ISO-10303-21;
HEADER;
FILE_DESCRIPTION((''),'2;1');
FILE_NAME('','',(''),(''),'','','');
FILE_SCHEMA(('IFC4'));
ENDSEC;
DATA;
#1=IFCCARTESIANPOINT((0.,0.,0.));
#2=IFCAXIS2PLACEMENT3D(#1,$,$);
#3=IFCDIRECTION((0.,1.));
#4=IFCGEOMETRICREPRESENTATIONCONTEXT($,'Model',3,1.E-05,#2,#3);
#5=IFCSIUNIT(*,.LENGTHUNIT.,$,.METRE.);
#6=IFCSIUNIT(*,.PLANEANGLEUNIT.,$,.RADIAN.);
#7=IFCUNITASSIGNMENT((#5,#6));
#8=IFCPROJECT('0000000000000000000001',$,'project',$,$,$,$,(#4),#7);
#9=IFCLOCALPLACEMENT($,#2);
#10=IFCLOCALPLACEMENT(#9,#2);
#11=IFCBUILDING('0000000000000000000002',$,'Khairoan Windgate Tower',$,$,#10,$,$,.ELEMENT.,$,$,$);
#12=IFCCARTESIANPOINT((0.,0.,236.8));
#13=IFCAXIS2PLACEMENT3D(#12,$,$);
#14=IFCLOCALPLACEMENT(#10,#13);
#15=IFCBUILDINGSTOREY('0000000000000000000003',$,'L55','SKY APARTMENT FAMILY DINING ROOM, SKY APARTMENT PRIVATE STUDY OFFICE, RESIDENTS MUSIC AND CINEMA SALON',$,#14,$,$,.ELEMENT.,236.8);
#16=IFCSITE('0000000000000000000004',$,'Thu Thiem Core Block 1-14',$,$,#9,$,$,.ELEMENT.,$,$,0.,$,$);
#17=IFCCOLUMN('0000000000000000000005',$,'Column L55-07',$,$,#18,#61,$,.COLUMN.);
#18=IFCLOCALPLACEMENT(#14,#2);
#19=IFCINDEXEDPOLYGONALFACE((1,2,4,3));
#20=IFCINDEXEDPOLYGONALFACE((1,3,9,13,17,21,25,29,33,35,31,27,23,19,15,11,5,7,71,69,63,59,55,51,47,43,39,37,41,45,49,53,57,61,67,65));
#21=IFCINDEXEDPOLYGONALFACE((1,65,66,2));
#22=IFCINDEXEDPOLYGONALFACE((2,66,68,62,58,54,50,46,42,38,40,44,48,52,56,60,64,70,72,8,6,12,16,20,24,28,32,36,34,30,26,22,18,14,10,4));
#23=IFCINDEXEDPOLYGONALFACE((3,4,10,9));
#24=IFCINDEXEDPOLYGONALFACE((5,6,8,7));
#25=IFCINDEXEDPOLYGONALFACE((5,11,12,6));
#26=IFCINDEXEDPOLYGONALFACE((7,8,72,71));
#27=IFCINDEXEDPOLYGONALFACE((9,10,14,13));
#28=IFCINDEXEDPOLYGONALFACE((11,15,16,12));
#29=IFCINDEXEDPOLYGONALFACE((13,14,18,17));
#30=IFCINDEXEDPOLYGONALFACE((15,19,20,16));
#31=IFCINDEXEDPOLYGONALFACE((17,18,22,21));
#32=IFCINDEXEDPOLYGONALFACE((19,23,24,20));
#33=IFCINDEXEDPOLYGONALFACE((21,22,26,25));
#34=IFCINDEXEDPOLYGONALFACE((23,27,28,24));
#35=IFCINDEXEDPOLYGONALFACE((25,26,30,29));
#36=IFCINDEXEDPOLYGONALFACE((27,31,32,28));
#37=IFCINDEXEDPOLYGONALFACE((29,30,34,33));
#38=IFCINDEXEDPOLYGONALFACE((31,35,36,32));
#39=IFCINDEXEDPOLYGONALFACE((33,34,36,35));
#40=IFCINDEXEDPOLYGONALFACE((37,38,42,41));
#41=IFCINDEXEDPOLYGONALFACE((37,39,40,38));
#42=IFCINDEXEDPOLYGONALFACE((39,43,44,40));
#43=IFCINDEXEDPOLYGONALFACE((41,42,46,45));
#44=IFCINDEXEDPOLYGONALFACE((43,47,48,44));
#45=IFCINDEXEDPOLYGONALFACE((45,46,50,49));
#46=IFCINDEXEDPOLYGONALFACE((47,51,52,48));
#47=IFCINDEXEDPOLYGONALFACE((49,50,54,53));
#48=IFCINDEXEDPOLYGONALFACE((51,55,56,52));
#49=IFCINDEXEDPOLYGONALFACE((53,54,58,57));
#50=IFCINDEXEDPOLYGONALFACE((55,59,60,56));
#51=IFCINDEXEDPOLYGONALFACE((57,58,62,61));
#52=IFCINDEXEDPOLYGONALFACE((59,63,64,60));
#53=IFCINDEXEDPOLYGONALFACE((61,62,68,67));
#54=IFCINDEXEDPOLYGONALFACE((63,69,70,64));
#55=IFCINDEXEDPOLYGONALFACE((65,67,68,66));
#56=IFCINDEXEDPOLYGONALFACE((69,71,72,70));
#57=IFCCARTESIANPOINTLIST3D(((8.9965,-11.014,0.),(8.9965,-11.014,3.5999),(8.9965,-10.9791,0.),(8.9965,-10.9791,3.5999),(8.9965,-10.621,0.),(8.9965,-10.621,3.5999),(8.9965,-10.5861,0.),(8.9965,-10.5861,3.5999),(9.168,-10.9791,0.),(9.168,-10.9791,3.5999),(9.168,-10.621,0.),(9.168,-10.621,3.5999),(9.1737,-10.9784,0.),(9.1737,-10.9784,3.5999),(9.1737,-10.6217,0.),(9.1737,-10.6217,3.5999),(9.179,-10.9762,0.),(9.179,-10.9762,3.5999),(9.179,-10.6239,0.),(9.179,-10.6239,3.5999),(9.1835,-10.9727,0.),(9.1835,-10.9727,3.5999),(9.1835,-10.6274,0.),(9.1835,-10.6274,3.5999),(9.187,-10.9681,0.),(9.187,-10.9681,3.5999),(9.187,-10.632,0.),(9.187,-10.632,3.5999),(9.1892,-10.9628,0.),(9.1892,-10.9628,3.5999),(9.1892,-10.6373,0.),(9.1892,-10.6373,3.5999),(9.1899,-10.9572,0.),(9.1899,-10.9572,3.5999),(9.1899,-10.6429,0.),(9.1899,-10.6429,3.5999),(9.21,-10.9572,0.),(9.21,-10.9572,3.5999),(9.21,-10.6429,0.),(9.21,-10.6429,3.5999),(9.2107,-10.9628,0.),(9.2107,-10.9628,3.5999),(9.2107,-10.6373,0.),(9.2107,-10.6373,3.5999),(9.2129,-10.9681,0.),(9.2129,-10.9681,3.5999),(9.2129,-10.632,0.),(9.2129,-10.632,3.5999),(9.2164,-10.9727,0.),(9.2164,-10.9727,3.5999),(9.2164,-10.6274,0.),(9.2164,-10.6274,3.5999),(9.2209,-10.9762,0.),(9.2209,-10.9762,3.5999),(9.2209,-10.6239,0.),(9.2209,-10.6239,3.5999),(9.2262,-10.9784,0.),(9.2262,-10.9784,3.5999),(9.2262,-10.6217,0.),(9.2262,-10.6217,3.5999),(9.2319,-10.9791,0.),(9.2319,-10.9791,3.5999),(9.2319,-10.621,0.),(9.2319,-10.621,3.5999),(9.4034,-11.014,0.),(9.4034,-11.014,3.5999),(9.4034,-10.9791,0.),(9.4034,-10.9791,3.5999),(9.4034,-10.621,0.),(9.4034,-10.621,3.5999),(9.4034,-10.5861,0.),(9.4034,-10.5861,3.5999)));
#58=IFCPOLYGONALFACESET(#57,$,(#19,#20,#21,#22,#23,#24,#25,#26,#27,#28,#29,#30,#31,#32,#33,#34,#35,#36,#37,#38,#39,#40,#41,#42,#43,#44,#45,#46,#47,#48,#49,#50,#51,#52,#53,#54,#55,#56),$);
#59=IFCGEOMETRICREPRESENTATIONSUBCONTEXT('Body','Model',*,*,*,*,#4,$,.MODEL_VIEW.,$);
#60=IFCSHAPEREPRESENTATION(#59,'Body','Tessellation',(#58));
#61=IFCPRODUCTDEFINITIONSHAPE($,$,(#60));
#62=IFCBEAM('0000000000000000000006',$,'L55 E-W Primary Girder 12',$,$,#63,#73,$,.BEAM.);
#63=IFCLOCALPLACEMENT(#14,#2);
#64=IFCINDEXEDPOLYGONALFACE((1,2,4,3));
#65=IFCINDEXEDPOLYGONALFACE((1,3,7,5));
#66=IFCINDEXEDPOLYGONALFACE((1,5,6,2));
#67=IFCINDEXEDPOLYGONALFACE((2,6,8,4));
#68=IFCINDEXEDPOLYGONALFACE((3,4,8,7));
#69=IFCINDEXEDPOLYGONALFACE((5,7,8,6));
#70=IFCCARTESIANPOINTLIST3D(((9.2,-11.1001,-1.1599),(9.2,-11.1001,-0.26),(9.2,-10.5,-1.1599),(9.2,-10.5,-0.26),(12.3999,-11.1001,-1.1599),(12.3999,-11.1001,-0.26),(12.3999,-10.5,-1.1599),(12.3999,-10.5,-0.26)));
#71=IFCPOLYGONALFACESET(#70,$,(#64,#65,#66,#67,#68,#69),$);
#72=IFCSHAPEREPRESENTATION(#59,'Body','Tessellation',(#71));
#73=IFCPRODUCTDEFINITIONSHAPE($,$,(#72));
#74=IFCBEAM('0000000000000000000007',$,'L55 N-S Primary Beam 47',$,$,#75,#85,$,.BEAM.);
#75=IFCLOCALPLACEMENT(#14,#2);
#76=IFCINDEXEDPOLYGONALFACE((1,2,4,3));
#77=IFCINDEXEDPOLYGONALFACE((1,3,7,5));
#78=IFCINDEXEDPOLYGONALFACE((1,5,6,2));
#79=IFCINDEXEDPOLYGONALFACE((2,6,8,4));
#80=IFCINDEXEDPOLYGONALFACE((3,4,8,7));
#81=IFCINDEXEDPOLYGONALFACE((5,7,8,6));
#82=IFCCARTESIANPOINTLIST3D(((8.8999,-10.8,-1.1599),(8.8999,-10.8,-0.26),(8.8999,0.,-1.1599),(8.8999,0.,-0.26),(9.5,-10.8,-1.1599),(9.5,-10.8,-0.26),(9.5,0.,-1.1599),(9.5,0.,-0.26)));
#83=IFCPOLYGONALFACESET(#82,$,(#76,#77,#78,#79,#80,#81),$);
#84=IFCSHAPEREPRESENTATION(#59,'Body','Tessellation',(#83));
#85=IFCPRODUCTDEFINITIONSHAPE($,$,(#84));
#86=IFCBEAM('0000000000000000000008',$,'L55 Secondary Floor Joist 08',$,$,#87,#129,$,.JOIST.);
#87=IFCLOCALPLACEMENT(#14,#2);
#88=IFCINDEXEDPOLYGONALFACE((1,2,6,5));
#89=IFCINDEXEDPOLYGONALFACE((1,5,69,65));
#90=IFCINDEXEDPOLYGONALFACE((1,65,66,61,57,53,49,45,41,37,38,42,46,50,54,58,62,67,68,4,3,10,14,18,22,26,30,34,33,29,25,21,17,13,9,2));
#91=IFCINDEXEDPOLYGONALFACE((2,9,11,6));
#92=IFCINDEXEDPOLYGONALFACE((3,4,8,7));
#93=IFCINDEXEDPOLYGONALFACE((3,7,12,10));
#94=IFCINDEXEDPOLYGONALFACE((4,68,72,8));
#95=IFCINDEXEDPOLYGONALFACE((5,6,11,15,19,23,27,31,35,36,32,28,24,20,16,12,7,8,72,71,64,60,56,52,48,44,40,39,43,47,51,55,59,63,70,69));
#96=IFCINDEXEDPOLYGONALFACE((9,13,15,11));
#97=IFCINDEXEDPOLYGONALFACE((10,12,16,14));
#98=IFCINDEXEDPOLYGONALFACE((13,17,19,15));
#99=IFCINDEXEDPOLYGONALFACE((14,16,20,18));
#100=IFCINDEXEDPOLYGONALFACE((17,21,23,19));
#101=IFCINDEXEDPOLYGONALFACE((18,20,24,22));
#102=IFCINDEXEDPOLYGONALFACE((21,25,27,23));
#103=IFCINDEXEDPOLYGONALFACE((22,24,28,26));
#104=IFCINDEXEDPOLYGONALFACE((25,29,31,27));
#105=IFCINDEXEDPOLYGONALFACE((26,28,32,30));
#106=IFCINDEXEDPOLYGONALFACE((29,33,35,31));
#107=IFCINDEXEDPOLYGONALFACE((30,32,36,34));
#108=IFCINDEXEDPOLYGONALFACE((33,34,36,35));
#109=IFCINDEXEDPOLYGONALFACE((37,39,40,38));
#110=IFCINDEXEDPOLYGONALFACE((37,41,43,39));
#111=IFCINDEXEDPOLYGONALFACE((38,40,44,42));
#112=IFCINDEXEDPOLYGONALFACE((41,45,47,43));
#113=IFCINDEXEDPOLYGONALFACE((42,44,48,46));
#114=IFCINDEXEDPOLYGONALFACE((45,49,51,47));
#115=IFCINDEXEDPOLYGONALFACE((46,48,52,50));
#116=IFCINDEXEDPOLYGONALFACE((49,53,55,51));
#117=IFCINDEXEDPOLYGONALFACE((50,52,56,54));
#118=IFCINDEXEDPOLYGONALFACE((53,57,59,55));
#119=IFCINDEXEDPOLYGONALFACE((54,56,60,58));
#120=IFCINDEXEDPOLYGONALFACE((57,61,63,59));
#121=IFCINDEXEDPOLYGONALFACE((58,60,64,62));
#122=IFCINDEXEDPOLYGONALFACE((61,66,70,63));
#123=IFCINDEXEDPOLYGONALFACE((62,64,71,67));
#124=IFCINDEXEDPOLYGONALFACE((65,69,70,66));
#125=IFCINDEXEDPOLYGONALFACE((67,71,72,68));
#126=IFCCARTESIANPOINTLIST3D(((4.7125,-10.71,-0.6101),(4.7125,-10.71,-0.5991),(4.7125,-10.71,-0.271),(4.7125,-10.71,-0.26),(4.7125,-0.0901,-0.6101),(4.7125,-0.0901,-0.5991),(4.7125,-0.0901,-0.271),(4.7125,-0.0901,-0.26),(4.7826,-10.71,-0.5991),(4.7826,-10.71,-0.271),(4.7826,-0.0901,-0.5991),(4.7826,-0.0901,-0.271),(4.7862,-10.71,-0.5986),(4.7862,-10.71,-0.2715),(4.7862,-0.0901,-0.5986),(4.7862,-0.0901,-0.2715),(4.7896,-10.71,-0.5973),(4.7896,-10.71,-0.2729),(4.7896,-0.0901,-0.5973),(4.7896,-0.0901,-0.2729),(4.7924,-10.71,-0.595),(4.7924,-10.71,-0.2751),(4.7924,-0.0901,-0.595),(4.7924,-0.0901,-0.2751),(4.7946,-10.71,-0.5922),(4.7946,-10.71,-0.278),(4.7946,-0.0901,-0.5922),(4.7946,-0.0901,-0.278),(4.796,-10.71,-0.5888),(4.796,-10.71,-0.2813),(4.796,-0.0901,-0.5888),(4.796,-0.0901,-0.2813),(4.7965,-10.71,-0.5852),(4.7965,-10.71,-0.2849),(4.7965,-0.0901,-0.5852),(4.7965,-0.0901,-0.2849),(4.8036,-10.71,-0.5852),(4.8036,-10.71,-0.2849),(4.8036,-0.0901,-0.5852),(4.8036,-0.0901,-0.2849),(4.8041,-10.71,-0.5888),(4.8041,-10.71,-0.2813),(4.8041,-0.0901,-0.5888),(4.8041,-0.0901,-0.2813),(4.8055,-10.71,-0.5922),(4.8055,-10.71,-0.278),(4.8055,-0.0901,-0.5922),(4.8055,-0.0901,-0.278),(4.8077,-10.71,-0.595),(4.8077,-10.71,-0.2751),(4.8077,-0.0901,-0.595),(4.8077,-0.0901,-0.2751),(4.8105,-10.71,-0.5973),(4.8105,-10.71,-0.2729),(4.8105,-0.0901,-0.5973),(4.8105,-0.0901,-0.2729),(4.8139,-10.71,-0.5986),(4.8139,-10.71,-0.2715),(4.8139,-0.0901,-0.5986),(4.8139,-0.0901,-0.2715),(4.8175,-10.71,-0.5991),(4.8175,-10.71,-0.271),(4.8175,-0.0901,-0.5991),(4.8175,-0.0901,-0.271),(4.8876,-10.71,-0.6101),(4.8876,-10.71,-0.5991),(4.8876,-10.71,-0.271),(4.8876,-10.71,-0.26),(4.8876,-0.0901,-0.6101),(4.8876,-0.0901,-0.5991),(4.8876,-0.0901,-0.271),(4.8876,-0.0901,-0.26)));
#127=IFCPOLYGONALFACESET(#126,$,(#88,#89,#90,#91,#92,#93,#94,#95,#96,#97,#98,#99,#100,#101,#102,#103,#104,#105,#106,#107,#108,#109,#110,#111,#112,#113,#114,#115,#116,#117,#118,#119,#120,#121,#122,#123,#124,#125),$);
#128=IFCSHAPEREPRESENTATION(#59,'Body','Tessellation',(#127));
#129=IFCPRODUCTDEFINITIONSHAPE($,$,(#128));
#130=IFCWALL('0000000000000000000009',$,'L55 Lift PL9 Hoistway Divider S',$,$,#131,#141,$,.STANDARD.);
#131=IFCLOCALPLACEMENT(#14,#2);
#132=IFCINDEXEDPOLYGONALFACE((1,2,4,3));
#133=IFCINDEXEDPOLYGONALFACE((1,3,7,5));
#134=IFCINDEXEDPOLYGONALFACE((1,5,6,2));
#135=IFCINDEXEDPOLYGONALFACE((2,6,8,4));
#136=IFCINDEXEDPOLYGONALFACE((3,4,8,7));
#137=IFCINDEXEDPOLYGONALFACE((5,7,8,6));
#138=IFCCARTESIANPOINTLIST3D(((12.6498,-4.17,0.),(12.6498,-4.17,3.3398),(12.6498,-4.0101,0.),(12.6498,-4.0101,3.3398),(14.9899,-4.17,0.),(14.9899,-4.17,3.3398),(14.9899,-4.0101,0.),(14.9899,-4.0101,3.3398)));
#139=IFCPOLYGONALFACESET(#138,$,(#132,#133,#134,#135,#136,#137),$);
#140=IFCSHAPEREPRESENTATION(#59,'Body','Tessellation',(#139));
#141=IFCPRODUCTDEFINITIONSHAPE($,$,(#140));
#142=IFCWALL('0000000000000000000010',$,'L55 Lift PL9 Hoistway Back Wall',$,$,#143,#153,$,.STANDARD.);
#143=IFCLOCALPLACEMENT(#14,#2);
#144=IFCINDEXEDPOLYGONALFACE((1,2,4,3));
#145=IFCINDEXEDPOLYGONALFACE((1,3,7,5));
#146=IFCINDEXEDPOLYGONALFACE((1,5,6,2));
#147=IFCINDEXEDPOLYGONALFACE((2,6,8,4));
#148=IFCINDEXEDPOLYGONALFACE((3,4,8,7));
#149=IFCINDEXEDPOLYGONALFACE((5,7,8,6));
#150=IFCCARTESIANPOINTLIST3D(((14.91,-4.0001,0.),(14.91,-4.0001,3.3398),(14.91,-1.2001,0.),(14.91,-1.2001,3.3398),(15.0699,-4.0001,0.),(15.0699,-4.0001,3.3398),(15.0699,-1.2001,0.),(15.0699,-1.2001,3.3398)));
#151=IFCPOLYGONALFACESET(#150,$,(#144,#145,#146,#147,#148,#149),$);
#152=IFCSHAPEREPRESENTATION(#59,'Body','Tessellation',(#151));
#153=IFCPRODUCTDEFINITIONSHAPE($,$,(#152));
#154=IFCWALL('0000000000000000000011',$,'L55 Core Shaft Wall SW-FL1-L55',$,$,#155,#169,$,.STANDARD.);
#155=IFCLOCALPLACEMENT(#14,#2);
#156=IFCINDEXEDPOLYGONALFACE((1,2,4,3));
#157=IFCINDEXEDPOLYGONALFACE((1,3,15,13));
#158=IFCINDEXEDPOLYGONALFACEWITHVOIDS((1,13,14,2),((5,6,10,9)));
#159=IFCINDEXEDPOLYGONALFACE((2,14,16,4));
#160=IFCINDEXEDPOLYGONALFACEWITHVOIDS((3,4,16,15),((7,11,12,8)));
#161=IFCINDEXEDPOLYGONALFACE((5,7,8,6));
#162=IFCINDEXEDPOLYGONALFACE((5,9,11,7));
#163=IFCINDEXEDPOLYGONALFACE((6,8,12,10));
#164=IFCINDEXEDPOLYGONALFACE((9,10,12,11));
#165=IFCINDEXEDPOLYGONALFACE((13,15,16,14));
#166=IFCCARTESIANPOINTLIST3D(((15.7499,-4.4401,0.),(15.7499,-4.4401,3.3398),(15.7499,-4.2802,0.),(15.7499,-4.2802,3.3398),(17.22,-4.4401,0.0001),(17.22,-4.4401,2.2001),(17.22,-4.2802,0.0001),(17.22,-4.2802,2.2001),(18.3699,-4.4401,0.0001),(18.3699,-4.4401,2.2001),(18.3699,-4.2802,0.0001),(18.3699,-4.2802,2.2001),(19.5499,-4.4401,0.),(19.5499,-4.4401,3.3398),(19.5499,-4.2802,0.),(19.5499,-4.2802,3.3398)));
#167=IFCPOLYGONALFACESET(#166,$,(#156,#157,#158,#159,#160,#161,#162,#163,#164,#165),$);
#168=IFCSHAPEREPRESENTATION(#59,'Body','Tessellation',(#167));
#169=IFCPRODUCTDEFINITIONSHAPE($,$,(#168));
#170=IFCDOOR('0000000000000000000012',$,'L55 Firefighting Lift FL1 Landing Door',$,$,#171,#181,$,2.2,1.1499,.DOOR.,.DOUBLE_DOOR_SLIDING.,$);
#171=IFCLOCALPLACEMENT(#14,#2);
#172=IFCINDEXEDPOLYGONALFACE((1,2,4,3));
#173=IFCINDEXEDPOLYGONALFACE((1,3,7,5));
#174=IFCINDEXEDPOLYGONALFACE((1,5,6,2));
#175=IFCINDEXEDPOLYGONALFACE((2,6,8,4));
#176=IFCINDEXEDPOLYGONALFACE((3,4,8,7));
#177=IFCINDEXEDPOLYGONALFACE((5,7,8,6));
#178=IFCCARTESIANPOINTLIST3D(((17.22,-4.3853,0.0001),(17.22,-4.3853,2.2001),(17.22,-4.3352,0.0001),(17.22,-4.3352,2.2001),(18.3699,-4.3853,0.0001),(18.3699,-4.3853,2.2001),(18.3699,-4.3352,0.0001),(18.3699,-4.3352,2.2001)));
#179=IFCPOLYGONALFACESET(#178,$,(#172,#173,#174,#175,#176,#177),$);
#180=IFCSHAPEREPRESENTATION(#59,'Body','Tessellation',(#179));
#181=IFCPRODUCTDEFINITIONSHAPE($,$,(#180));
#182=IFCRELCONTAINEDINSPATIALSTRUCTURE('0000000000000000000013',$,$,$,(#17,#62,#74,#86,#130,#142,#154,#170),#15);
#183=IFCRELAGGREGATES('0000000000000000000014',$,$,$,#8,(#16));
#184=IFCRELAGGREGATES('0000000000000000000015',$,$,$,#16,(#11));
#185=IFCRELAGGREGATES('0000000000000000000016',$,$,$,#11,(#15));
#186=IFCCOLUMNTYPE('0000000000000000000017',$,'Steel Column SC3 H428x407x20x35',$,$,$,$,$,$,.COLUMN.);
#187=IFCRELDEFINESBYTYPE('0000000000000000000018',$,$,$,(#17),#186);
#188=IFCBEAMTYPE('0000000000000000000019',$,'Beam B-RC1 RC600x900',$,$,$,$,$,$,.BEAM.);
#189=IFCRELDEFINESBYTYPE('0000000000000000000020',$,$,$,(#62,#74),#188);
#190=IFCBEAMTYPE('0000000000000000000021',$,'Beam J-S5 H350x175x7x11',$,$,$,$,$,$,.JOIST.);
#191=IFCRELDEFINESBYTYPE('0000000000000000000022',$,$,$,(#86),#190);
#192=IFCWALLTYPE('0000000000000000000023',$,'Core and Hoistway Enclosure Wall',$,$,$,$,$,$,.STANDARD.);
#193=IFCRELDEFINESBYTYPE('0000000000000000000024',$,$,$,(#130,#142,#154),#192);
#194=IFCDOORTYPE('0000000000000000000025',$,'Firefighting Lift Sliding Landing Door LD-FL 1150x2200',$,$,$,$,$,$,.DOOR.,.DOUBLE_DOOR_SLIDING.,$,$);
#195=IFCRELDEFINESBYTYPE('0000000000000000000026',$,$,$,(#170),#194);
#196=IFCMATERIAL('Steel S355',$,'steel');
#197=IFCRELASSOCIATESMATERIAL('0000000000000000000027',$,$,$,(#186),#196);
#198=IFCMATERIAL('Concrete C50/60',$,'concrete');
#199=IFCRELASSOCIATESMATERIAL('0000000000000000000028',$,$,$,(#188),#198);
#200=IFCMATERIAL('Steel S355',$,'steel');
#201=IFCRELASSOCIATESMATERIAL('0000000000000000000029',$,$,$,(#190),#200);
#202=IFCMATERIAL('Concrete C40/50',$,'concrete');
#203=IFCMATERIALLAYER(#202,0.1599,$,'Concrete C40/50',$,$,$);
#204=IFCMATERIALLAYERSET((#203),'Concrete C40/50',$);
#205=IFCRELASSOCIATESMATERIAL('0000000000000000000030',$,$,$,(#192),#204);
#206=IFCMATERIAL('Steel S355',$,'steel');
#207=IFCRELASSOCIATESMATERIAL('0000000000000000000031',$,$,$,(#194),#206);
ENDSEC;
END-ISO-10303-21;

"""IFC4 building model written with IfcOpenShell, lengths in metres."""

from ifc_helpers import new_model, si_unit, direction, frame, frame_2d, origin, origin_2d, place, context, subcontext, project, spatial, rectangle, i_section, extrude, material, layer, layer_set, material_profile, profile_set, type_object, element, fill, save


model = new_model("IFC4")

# Units and contexts
model_context = context("Model", 3, precision=1e-05, world=origin(), true_north=direction((0.0, 1.0)))
body_context = subcontext(model_context, "Body", "Model", "MODEL_VIEW")
ifc_project = project(units=[si_unit("LENGTHUNIT", "METRE"), si_unit("PLANEANGLEUNIT", "RADIAN")], contexts=[model_context])

# Site, building, storey
site_placement = place(None, origin())
site = spatial("IfcSite", under=ifc_project, at=site_placement, Name="Thu Thiem Core Block 1-14", CompositionType="ELEMENT", RefElevation=0.0)
building_placement = place(site_placement, origin())
building = spatial("IfcBuilding", under=site, at=building_placement, Name="Khairoan Windgate Tower", CompositionType="ELEMENT")
storey_placement = place(building_placement, frame((0.0, 0.0, 236.8)))
storey = spatial("IfcBuildingStorey", under=building, at=storey_placement, Name="L55", Description="SKY APARTMENT FAMILY DINING ROOM, SKY APARTMENT PRIVATE STUDY OFFICE, RESIDENTS MUSIC AND CINEMA SALON", CompositionType="ELEMENT", Elevation=236.8)

# Column
ifc_material_1 = material(Name="Steel S355", Category="steel")
ifc_material_profile_1 = material_profile(ifc_material_1, i_section(OverallWidth=0.407, OverallDepth=0.428, WebThickness=0.02, FlangeThickness=0.0349, FilletRadius=0.022, at=origin_2d()))
ifc_profile_set_1 = profile_set([ifc_material_profile_1], Name="Steel S355")
column_type = type_object("IfcColumnType", Name="Steel Column SC3 H428x407x20x35", PredefinedType="COLUMN", material=ifc_profile_set_1)
column_placement = place(storey_placement, frame((9.2, -10.8, 0.0), z_axis=(0.0, 0.0, 1.0), x_axis=(1.0, 0.0, 0.0)))
element("IfcColumn", 1, at=column_placement, inside=storey, type_object=column_type, Name="Column L55-07", PredefinedType="COLUMN", context=body_context, shape_type="SweptSolid", body=[
    extrude(i_section(OverallWidth=0.407, OverallDepth=0.428, WebThickness=0.02, FlangeThickness=0.0349, FilletRadius=0.022, at=origin_2d()), origin(), (0.0, 0.0, 1.0), 3.5999),
])

# Beams
ifc_material_2 = material(Name="Concrete C50/60", Category="concrete")
ifc_material_profile_2 = material_profile(ifc_material_2, rectangle(XDim=0.6001, YDim=0.8999, at=origin_2d()))
ifc_profile_set_2 = profile_set([ifc_material_profile_2], Name="Concrete C50/60")
beam_type_1 = type_object("IfcBeamType", Name="Beam B-RC1 RC600x900", PredefinedType="BEAM", material=ifc_profile_set_2)
beam_1_placement = place(storey_placement, frame((9.2, -10.8, -0.71), z_axis=(1.0, 0.0, 0.0), x_axis=(0.0, 1.0, 0.0)))
element("IfcBeam", 2, at=beam_1_placement, inside=storey, type_object=beam_type_1, Name="L55 E-W Primary Girder 12", PredefinedType="BEAM", context=body_context, shape_type="SweptSolid", body=[
    extrude(rectangle(XDim=0.6001, YDim=0.8999, at=origin_2d()), origin(), (0.0, 0.0, 1.0), 3.2),
])
beam_2_placement = place(storey_placement, frame((9.2, -10.8, -0.71), z_axis=(0.0, 1.0, 0.0), x_axis=(-1.0, 0.0, 0.0)))
element("IfcBeam", 3, at=beam_2_placement, inside=storey, type_object=beam_type_1, Name="L55 N-S Primary Beam 47", PredefinedType="BEAM", context=body_context, shape_type="SweptSolid", body=[
    extrude(rectangle(XDim=0.6001, YDim=0.8999, at=origin_2d()), origin(), (0.0, 0.0, 1.0), 10.8),
])
ifc_material_3 = material(Name="Steel S355", Category="steel")
ifc_material_profile_3 = material_profile(ifc_material_3, i_section(OverallWidth=0.175, OverallDepth=0.3501, WebThickness=0.0071, FlangeThickness=0.011, FilletRadius=0.0139, at=origin_2d()))
ifc_profile_set_3 = profile_set([ifc_material_profile_3], Name="Steel S355")
beam_type_2 = type_object("IfcBeamType", Name="Beam J-S5 H350x175x7x11", PredefinedType="JOIST", material=ifc_profile_set_3)
beam_3_placement = place(storey_placement, frame((4.8, -10.71, -0.4351), z_axis=(0.0, 1.0, 0.0), x_axis=(-1.0, 0.0, 0.0)))
element("IfcBeam", 4, at=beam_3_placement, inside=storey, type_object=beam_type_2, Name="L55 Secondary Floor Joist 08", PredefinedType="JOIST", context=body_context, shape_type="SweptSolid", body=[
    extrude(i_section(OverallWidth=0.175, OverallDepth=0.3501, WebThickness=0.0071, FlangeThickness=0.011, FilletRadius=0.0139, at=origin_2d()), origin(), (0.0, 0.0, 1.0), 10.6199),
])

# Walls
ifc_material_4 = material(Name="Concrete C40/50", Category="concrete")
ifc_layer_1 = layer(ifc_material_4, 0.1599, Name="Concrete C40/50")
ifc_layer_set_1 = layer_set([ifc_layer_1], Name="Concrete C40/50")
wall_type_1 = type_object("IfcWallType", Name="Core and Hoistway Enclosure Wall", PredefinedType="STANDARD", material=ifc_layer_set_1)
wall_1_placement = place(storey_placement, frame((12.6499, -4.0901, 0.0), z_axis=(0.0, 0.0, 1.0), x_axis=(1.0, 0.0, 0.0)))
element("IfcWall", 5, at=wall_1_placement, inside=storey, type_object=wall_type_1, Name="L55 Lift PL9 Hoistway Divider S", PredefinedType="STANDARD", context=body_context, shape_type="SweptSolid", body=[
    extrude(rectangle(XDim=2.3401, YDim=0.1599, at=frame_2d((1.1699, 0.0))), origin(), (0.0, 0.0, 1.0), 3.3398),
])
wall_2_placement = place(storey_placement, frame((14.99, -4.0, 0.0), z_axis=(0.0, 0.0, 1.0), x_axis=(0.0, 1.0, 0.0)))
element("IfcWall", 6, at=wall_2_placement, inside=storey, type_object=wall_type_1, Name="L55 Lift PL9 Hoistway Back Wall", PredefinedType="STANDARD", context=body_context, shape_type="SweptSolid", body=[
    extrude(rectangle(XDim=2.8, YDim=0.1599, at=frame_2d((1.3999, 0.0))), origin(), (0.0, 0.0, 1.0), 3.3398),
])

# Wall, opening, door
wall_3_placement = place(storey_placement, frame((15.75, -4.3601, 0.0), z_axis=(0.0, 0.0, 1.0), x_axis=(1.0, 0.0, 0.0)))
wall_3 = element("IfcWall", 7, at=wall_3_placement, inside=storey, type_object=wall_type_1, Name="L55 Core Shaft Wall SW-FL1-L55", PredefinedType="STANDARD", context=body_context, shape_type="SweptSolid", body=[
    extrude(rectangle(XDim=3.8, YDim=0.1599, at=frame_2d((1.8999, 0.0))), origin(), (0.0, 0.0, 1.0), 3.3398),
])
opening_1_placement = place(wall_3_placement, frame((1.47, 0.0, 0.0)))
opening_1 = element("IfcOpeningElement", 8, at=opening_1_placement, cuts=wall_3, PredefinedType="OPENING", context=body_context, shape_type="SweptSolid", body=[
    extrude(rectangle(XDim=1.1499, YDim=2.2, at=frame_2d((0.575, 1.1001))), frame((0.0, 0.0898, 0.0), z_axis=(0.0, -1.0, 0.0), x_axis=(1.0, 0.0, 0.0)), (0.0, 0.0, 1.0), 0.1799),
])
ifc_material_5 = material(Name="Steel S355", Category="steel")
door_type_1 = type_object("IfcDoorType", Name="Firefighting Lift Sliding Landing Door LD-FL 1150x2200", OperationType="DOUBLE_DOOR_SLIDING", PredefinedType="DOOR", material=ifc_material_5)
door_1_placement = place(opening_1_placement, origin())
door_1 = element("IfcDoor", 9, at=door_1_placement, inside=storey, type_object=door_type_1, Name="L55 Firefighting Lift FL1 Landing Door", OperationType="DOUBLE_DOOR_SLIDING", OverallHeight=2.2, OverallWidth=1.1499, PredefinedType="DOOR", context=body_context, shape_type="SweptSolid", body=[
    extrude(rectangle(XDim=1.1499, YDim=2.2, at=frame_2d((0.575, 1.1001))), frame((0.0, 0.0249, 0.0), z_axis=(0.0, -1.0, 0.0), x_axis=(1.0, 0.0, 0.0)), (0.0, 0.0, 1.0), 0.05),
])
fill(opening_1, door_1)

save(model, "model.ifc")
